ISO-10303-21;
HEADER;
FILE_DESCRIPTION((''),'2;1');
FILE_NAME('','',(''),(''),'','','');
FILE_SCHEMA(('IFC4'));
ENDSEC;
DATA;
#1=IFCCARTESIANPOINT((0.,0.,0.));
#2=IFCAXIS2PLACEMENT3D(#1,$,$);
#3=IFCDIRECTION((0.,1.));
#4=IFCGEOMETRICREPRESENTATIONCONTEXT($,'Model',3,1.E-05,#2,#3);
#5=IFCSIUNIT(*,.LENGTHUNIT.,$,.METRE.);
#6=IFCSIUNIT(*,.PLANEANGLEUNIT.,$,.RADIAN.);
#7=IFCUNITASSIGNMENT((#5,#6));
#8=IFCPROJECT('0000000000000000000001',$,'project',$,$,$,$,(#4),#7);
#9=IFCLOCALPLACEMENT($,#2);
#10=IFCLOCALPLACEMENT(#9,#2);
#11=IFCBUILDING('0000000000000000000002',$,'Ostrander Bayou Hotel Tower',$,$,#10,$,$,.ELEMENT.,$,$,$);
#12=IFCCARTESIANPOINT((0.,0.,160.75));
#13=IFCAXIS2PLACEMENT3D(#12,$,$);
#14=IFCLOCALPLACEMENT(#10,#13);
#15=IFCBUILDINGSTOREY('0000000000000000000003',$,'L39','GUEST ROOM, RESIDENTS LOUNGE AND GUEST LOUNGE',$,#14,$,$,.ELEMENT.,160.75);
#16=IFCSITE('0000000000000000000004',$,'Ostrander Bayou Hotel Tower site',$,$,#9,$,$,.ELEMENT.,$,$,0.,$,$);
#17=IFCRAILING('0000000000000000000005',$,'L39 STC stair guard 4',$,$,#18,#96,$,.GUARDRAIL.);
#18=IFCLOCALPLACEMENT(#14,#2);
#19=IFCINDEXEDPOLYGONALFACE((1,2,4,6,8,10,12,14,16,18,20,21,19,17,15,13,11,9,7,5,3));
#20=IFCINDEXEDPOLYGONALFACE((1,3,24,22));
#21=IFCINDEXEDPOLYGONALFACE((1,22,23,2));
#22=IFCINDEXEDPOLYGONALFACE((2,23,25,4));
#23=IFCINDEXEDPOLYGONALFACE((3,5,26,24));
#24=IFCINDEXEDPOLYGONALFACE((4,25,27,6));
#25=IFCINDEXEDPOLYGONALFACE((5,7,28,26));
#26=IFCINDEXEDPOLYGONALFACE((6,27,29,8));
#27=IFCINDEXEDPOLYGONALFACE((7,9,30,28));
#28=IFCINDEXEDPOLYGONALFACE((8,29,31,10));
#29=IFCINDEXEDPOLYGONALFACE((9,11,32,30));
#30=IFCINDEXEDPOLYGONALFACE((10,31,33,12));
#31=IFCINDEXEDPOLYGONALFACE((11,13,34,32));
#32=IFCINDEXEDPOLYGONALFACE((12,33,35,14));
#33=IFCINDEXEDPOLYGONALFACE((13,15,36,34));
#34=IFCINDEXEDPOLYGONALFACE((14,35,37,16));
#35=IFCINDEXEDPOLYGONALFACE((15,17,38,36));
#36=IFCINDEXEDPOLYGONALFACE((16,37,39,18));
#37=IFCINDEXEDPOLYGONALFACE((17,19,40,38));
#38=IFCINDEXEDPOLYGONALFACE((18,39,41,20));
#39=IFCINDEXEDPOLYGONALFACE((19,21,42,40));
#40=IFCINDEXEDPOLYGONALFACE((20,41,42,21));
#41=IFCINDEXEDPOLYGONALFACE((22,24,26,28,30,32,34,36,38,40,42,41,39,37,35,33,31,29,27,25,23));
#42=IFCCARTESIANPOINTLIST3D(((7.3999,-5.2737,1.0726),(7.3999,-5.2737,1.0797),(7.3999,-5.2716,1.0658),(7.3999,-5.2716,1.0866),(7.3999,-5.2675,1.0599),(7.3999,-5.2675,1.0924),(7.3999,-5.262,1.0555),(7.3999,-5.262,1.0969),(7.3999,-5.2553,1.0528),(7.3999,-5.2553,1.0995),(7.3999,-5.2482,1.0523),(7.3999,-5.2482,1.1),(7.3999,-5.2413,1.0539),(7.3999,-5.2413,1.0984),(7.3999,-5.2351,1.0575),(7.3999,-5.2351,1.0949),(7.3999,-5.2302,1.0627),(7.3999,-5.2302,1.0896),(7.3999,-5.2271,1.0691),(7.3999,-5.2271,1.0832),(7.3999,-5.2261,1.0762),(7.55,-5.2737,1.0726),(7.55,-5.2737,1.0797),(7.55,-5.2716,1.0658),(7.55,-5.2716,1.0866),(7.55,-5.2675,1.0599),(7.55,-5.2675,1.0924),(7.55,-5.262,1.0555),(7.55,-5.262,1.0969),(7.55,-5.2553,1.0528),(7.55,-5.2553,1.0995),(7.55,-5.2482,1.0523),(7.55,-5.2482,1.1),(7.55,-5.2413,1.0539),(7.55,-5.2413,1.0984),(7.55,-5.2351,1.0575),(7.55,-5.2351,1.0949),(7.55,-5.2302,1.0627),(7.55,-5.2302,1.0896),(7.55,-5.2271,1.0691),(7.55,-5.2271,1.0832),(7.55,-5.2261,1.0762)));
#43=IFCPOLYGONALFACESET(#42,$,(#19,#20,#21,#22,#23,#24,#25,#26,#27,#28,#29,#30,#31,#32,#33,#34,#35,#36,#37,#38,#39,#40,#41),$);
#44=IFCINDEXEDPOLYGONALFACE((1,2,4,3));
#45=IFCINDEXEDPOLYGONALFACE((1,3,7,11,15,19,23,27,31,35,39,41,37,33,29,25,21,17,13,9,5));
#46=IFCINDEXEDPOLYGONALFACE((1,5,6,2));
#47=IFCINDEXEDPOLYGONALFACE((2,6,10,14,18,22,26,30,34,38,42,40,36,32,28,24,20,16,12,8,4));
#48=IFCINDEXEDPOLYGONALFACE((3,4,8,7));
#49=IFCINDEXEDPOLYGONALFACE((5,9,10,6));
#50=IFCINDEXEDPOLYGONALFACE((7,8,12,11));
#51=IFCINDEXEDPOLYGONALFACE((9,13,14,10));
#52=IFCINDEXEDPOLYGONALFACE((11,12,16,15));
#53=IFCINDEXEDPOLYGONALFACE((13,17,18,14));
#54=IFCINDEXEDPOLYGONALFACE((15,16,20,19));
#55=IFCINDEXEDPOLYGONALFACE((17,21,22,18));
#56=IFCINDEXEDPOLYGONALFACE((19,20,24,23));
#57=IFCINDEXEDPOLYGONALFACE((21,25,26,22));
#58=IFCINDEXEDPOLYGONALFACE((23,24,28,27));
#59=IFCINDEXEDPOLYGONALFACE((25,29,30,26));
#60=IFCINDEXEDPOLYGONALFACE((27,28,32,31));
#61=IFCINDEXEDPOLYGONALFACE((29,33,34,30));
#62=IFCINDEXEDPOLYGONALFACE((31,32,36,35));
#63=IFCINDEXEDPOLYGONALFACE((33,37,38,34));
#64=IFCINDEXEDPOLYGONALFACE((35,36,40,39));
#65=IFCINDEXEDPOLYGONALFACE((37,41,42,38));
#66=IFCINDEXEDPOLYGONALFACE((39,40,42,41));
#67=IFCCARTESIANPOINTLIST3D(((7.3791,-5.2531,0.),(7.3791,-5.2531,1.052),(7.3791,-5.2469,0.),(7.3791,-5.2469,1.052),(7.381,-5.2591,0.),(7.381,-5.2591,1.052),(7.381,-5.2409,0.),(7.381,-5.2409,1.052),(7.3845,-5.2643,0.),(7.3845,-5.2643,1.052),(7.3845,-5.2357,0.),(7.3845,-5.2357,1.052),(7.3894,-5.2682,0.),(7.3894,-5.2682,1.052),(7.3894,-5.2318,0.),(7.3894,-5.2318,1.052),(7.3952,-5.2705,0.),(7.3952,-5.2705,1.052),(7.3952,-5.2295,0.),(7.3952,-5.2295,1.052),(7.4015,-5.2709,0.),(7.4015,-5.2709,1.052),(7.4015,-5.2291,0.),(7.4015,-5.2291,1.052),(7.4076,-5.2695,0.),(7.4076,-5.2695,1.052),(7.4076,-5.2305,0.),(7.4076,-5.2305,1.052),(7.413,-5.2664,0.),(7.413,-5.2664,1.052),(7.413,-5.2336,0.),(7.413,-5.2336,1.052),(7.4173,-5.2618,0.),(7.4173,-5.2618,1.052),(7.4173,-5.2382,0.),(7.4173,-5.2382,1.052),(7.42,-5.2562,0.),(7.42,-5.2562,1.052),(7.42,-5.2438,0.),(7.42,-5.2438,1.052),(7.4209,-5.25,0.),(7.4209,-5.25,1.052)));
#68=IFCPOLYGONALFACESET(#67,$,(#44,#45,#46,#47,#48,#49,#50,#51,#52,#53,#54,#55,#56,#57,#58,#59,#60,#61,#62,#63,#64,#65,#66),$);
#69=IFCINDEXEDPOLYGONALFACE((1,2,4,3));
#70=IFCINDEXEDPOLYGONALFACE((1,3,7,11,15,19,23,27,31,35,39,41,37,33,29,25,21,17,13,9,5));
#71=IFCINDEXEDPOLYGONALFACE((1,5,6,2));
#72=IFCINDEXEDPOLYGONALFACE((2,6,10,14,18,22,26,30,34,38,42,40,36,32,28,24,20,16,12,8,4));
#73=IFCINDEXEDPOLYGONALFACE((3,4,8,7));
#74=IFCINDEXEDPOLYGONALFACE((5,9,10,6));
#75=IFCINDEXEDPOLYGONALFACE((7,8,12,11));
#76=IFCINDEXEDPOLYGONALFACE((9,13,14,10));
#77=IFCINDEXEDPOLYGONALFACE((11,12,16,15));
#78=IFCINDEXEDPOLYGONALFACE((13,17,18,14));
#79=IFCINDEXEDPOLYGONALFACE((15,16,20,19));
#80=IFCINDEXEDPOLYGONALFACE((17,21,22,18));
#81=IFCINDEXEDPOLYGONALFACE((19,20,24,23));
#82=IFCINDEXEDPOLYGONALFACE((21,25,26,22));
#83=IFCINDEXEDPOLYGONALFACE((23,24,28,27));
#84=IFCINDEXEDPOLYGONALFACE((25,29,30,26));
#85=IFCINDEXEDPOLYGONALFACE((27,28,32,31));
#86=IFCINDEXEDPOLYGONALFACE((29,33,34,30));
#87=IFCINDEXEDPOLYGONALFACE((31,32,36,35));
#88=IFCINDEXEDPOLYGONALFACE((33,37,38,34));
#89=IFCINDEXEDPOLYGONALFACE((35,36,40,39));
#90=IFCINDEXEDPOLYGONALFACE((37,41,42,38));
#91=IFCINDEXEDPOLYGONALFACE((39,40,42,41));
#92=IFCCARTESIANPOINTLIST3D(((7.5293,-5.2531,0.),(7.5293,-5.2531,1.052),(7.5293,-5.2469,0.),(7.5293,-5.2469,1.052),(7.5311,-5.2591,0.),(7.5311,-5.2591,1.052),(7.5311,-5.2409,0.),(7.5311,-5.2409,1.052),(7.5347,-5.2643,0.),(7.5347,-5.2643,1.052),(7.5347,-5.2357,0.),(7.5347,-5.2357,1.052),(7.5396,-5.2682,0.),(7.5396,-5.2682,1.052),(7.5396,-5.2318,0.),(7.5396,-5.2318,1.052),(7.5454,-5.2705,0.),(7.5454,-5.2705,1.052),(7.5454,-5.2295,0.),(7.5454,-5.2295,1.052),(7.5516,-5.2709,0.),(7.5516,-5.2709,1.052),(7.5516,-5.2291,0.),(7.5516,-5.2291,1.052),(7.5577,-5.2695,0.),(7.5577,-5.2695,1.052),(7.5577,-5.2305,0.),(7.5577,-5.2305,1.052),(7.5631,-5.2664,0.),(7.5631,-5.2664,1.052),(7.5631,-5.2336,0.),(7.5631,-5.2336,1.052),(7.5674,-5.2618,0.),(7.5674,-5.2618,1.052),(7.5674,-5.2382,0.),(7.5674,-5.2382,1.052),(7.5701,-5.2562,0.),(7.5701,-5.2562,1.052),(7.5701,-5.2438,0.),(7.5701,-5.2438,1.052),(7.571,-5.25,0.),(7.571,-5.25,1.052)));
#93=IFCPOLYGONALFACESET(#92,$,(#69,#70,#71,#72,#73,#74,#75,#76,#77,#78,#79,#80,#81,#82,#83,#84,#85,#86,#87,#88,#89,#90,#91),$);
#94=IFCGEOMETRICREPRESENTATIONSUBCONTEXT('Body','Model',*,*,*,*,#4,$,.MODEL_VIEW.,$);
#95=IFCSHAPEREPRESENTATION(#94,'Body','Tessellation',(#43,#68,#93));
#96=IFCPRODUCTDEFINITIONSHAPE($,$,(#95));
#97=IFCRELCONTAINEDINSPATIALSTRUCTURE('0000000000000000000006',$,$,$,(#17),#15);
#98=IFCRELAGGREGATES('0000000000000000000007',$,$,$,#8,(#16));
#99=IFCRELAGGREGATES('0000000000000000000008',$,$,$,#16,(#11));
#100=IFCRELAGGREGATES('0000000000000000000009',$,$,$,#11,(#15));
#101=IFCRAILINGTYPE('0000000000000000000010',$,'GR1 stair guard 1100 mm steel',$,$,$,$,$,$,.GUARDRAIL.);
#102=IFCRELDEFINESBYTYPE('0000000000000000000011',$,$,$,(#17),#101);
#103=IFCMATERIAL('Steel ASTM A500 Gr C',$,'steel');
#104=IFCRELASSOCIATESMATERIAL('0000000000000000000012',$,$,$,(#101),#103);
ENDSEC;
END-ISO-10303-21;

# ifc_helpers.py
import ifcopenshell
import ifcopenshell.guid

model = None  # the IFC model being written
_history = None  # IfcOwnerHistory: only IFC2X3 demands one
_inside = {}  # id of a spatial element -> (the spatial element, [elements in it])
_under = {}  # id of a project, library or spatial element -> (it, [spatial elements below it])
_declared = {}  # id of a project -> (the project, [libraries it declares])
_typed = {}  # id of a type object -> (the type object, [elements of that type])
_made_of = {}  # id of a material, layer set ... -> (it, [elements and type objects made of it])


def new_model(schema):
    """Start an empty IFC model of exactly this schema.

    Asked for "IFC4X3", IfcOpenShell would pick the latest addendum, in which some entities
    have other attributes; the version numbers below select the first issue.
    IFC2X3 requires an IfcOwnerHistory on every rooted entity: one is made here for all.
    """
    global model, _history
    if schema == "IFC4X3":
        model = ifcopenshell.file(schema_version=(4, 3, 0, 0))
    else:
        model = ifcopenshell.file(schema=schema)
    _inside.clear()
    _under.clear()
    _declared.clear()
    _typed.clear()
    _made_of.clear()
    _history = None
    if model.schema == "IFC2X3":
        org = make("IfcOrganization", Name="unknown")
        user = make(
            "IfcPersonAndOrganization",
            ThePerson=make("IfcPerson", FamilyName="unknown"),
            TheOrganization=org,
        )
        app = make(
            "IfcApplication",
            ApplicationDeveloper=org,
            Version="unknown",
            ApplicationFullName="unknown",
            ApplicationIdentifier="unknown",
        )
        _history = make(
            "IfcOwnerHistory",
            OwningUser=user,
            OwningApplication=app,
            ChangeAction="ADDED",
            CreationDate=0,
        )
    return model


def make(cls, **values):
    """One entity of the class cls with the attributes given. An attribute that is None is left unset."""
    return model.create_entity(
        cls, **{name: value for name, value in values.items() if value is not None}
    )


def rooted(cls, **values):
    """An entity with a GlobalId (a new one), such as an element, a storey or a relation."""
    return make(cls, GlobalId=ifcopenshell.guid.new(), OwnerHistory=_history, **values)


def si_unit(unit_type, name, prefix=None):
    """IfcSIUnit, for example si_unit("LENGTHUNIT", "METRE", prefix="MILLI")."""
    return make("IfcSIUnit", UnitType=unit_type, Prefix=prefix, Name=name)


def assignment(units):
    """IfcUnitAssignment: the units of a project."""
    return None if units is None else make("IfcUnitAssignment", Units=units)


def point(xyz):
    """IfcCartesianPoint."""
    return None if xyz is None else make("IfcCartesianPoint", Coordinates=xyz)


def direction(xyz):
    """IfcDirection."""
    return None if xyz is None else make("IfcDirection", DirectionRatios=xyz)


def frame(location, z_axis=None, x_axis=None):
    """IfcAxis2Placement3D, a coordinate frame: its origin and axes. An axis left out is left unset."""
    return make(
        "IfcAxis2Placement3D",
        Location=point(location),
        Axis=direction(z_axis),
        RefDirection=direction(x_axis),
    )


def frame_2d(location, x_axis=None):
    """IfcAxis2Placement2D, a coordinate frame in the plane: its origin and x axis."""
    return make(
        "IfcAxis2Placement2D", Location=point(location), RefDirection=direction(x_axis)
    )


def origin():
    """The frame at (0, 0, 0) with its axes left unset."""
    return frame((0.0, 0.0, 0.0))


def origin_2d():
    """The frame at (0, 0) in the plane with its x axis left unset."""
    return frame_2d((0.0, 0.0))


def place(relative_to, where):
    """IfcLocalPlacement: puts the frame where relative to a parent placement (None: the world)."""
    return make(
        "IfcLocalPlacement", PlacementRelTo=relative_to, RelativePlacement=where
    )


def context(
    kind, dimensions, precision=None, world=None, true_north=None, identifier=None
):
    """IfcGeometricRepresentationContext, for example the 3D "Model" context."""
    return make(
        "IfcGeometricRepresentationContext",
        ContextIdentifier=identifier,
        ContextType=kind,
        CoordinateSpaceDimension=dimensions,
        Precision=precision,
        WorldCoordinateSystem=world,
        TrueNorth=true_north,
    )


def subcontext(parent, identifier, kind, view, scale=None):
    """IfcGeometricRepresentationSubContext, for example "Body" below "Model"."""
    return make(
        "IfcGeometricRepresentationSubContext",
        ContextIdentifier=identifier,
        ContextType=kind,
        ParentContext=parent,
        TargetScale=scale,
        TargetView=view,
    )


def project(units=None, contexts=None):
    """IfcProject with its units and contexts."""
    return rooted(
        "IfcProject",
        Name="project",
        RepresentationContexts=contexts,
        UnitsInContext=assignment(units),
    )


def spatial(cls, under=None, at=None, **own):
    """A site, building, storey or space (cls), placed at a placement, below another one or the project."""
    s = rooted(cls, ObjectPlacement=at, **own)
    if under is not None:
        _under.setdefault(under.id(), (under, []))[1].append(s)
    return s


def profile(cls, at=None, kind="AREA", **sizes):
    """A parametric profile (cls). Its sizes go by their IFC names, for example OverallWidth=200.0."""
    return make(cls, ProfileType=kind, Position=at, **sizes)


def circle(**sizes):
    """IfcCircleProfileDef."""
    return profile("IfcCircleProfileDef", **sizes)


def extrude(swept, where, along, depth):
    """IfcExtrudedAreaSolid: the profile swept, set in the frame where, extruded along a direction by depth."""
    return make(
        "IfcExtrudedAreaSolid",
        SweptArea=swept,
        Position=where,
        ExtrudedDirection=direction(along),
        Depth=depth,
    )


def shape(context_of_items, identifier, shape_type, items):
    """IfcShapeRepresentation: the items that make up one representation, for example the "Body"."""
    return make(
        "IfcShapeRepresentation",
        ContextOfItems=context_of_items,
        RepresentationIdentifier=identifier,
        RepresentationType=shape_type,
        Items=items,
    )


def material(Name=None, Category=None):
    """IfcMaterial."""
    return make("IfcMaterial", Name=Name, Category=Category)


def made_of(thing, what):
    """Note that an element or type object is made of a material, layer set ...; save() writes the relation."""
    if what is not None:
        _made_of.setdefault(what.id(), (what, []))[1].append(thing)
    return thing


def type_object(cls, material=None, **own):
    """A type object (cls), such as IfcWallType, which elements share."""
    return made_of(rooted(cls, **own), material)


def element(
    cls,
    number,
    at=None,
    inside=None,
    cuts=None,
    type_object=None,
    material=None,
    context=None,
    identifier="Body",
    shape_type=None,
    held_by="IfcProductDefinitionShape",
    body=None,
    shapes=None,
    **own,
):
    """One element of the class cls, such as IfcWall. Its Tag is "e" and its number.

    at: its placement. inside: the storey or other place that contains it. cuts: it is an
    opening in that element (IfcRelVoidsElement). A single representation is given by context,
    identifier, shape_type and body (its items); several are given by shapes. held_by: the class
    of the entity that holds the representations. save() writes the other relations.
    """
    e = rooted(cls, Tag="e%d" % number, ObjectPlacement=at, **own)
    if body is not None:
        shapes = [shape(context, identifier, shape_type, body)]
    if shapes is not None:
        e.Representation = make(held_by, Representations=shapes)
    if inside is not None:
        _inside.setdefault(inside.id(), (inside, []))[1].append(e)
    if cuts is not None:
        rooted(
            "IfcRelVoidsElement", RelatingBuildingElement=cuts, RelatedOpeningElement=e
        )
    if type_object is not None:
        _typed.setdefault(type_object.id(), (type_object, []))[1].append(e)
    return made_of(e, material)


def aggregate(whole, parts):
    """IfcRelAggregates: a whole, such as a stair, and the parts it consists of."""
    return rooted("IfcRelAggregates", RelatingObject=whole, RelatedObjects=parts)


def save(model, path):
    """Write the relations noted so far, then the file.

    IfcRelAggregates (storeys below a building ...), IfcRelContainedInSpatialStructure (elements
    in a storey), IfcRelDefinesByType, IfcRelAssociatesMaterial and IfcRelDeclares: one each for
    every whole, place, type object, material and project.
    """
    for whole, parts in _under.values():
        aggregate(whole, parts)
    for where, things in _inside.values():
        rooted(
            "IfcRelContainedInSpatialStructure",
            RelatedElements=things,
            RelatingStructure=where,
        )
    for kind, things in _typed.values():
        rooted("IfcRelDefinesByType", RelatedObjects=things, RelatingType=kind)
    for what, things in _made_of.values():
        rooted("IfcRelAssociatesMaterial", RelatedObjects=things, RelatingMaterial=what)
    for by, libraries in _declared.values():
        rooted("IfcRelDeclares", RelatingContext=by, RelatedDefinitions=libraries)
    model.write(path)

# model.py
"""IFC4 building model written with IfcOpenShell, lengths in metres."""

from ifc_helpers import new_model, si_unit, direction, frame, origin, origin_2d, place, context, subcontext, project, spatial, circle, extrude, material, type_object, element, save


model = new_model("IFC4")

# Units and contexts
model_context = context("Model", 3, precision=1e-05, world=origin(), true_north=direction((0.0, 1.0)))
body_context = subcontext(model_context, "Body", "Model", "MODEL_VIEW")
ifc_project = project(units=[si_unit("LENGTHUNIT", "METRE"), si_unit("PLANEANGLEUNIT", "RADIAN")], contexts=[model_context])

# Site, building, storey
site_placement = place(None, origin())
site = spatial("IfcSite", under=ifc_project, at=site_placement, Name="Ostrander Bayou Hotel Tower site", CompositionType="ELEMENT", RefElevation=0.0)
building_placement = place(site_placement, origin())
building = spatial("IfcBuilding", under=site, at=building_placement, Name="Ostrander Bayou Hotel Tower", CompositionType="ELEMENT")
storey_placement = place(building_placement, frame((0.0, 0.0, 160.75)))
storey = spatial("IfcBuildingStorey", under=building, at=storey_placement, Name="L39", Description="GUEST ROOM, RESIDENTS LOUNGE AND GUEST LOUNGE", CompositionType="ELEMENT", Elevation=160.75)

# Railing
ifc_material_1 = material(Name="Steel ASTM A500 Gr C", Category="steel")
railing_type_1 = type_object("IfcRailingType", Name="GR1 stair guard 1100 mm steel", PredefinedType="GUARDRAIL", material=ifc_material_1)
railing_1_placement = place(storey_placement, frame((7.3999, -5.25, 0.0)))
element("IfcRailing", 1, at=railing_1_placement, inside=storey, type_object=railing_type_1, Name="L39 STC stair guard 4", PredefinedType="GUARDRAIL", context=body_context, shape_type="SweptSolid", body=[
    extrude(circle(Radius=0.0239, at=origin_2d()), frame((0.0, 0.0, 1.0762), z_axis=(1.0, 0.0, 0.0), x_axis=(0.0, 1.0, 0.0)), (0.0, 0.0, 1.0), 0.1501),
    extrude(circle(Radius=0.021, at=origin_2d()), origin(), (0.0, 0.0, 1.0), 1.052),
    extrude(circle(Radius=0.021, at=origin_2d()), frame((0.1501, 0.0, 0.0)), (0.0, 0.0, 1.0), 1.052),
])

save(model, "model.ifc")
